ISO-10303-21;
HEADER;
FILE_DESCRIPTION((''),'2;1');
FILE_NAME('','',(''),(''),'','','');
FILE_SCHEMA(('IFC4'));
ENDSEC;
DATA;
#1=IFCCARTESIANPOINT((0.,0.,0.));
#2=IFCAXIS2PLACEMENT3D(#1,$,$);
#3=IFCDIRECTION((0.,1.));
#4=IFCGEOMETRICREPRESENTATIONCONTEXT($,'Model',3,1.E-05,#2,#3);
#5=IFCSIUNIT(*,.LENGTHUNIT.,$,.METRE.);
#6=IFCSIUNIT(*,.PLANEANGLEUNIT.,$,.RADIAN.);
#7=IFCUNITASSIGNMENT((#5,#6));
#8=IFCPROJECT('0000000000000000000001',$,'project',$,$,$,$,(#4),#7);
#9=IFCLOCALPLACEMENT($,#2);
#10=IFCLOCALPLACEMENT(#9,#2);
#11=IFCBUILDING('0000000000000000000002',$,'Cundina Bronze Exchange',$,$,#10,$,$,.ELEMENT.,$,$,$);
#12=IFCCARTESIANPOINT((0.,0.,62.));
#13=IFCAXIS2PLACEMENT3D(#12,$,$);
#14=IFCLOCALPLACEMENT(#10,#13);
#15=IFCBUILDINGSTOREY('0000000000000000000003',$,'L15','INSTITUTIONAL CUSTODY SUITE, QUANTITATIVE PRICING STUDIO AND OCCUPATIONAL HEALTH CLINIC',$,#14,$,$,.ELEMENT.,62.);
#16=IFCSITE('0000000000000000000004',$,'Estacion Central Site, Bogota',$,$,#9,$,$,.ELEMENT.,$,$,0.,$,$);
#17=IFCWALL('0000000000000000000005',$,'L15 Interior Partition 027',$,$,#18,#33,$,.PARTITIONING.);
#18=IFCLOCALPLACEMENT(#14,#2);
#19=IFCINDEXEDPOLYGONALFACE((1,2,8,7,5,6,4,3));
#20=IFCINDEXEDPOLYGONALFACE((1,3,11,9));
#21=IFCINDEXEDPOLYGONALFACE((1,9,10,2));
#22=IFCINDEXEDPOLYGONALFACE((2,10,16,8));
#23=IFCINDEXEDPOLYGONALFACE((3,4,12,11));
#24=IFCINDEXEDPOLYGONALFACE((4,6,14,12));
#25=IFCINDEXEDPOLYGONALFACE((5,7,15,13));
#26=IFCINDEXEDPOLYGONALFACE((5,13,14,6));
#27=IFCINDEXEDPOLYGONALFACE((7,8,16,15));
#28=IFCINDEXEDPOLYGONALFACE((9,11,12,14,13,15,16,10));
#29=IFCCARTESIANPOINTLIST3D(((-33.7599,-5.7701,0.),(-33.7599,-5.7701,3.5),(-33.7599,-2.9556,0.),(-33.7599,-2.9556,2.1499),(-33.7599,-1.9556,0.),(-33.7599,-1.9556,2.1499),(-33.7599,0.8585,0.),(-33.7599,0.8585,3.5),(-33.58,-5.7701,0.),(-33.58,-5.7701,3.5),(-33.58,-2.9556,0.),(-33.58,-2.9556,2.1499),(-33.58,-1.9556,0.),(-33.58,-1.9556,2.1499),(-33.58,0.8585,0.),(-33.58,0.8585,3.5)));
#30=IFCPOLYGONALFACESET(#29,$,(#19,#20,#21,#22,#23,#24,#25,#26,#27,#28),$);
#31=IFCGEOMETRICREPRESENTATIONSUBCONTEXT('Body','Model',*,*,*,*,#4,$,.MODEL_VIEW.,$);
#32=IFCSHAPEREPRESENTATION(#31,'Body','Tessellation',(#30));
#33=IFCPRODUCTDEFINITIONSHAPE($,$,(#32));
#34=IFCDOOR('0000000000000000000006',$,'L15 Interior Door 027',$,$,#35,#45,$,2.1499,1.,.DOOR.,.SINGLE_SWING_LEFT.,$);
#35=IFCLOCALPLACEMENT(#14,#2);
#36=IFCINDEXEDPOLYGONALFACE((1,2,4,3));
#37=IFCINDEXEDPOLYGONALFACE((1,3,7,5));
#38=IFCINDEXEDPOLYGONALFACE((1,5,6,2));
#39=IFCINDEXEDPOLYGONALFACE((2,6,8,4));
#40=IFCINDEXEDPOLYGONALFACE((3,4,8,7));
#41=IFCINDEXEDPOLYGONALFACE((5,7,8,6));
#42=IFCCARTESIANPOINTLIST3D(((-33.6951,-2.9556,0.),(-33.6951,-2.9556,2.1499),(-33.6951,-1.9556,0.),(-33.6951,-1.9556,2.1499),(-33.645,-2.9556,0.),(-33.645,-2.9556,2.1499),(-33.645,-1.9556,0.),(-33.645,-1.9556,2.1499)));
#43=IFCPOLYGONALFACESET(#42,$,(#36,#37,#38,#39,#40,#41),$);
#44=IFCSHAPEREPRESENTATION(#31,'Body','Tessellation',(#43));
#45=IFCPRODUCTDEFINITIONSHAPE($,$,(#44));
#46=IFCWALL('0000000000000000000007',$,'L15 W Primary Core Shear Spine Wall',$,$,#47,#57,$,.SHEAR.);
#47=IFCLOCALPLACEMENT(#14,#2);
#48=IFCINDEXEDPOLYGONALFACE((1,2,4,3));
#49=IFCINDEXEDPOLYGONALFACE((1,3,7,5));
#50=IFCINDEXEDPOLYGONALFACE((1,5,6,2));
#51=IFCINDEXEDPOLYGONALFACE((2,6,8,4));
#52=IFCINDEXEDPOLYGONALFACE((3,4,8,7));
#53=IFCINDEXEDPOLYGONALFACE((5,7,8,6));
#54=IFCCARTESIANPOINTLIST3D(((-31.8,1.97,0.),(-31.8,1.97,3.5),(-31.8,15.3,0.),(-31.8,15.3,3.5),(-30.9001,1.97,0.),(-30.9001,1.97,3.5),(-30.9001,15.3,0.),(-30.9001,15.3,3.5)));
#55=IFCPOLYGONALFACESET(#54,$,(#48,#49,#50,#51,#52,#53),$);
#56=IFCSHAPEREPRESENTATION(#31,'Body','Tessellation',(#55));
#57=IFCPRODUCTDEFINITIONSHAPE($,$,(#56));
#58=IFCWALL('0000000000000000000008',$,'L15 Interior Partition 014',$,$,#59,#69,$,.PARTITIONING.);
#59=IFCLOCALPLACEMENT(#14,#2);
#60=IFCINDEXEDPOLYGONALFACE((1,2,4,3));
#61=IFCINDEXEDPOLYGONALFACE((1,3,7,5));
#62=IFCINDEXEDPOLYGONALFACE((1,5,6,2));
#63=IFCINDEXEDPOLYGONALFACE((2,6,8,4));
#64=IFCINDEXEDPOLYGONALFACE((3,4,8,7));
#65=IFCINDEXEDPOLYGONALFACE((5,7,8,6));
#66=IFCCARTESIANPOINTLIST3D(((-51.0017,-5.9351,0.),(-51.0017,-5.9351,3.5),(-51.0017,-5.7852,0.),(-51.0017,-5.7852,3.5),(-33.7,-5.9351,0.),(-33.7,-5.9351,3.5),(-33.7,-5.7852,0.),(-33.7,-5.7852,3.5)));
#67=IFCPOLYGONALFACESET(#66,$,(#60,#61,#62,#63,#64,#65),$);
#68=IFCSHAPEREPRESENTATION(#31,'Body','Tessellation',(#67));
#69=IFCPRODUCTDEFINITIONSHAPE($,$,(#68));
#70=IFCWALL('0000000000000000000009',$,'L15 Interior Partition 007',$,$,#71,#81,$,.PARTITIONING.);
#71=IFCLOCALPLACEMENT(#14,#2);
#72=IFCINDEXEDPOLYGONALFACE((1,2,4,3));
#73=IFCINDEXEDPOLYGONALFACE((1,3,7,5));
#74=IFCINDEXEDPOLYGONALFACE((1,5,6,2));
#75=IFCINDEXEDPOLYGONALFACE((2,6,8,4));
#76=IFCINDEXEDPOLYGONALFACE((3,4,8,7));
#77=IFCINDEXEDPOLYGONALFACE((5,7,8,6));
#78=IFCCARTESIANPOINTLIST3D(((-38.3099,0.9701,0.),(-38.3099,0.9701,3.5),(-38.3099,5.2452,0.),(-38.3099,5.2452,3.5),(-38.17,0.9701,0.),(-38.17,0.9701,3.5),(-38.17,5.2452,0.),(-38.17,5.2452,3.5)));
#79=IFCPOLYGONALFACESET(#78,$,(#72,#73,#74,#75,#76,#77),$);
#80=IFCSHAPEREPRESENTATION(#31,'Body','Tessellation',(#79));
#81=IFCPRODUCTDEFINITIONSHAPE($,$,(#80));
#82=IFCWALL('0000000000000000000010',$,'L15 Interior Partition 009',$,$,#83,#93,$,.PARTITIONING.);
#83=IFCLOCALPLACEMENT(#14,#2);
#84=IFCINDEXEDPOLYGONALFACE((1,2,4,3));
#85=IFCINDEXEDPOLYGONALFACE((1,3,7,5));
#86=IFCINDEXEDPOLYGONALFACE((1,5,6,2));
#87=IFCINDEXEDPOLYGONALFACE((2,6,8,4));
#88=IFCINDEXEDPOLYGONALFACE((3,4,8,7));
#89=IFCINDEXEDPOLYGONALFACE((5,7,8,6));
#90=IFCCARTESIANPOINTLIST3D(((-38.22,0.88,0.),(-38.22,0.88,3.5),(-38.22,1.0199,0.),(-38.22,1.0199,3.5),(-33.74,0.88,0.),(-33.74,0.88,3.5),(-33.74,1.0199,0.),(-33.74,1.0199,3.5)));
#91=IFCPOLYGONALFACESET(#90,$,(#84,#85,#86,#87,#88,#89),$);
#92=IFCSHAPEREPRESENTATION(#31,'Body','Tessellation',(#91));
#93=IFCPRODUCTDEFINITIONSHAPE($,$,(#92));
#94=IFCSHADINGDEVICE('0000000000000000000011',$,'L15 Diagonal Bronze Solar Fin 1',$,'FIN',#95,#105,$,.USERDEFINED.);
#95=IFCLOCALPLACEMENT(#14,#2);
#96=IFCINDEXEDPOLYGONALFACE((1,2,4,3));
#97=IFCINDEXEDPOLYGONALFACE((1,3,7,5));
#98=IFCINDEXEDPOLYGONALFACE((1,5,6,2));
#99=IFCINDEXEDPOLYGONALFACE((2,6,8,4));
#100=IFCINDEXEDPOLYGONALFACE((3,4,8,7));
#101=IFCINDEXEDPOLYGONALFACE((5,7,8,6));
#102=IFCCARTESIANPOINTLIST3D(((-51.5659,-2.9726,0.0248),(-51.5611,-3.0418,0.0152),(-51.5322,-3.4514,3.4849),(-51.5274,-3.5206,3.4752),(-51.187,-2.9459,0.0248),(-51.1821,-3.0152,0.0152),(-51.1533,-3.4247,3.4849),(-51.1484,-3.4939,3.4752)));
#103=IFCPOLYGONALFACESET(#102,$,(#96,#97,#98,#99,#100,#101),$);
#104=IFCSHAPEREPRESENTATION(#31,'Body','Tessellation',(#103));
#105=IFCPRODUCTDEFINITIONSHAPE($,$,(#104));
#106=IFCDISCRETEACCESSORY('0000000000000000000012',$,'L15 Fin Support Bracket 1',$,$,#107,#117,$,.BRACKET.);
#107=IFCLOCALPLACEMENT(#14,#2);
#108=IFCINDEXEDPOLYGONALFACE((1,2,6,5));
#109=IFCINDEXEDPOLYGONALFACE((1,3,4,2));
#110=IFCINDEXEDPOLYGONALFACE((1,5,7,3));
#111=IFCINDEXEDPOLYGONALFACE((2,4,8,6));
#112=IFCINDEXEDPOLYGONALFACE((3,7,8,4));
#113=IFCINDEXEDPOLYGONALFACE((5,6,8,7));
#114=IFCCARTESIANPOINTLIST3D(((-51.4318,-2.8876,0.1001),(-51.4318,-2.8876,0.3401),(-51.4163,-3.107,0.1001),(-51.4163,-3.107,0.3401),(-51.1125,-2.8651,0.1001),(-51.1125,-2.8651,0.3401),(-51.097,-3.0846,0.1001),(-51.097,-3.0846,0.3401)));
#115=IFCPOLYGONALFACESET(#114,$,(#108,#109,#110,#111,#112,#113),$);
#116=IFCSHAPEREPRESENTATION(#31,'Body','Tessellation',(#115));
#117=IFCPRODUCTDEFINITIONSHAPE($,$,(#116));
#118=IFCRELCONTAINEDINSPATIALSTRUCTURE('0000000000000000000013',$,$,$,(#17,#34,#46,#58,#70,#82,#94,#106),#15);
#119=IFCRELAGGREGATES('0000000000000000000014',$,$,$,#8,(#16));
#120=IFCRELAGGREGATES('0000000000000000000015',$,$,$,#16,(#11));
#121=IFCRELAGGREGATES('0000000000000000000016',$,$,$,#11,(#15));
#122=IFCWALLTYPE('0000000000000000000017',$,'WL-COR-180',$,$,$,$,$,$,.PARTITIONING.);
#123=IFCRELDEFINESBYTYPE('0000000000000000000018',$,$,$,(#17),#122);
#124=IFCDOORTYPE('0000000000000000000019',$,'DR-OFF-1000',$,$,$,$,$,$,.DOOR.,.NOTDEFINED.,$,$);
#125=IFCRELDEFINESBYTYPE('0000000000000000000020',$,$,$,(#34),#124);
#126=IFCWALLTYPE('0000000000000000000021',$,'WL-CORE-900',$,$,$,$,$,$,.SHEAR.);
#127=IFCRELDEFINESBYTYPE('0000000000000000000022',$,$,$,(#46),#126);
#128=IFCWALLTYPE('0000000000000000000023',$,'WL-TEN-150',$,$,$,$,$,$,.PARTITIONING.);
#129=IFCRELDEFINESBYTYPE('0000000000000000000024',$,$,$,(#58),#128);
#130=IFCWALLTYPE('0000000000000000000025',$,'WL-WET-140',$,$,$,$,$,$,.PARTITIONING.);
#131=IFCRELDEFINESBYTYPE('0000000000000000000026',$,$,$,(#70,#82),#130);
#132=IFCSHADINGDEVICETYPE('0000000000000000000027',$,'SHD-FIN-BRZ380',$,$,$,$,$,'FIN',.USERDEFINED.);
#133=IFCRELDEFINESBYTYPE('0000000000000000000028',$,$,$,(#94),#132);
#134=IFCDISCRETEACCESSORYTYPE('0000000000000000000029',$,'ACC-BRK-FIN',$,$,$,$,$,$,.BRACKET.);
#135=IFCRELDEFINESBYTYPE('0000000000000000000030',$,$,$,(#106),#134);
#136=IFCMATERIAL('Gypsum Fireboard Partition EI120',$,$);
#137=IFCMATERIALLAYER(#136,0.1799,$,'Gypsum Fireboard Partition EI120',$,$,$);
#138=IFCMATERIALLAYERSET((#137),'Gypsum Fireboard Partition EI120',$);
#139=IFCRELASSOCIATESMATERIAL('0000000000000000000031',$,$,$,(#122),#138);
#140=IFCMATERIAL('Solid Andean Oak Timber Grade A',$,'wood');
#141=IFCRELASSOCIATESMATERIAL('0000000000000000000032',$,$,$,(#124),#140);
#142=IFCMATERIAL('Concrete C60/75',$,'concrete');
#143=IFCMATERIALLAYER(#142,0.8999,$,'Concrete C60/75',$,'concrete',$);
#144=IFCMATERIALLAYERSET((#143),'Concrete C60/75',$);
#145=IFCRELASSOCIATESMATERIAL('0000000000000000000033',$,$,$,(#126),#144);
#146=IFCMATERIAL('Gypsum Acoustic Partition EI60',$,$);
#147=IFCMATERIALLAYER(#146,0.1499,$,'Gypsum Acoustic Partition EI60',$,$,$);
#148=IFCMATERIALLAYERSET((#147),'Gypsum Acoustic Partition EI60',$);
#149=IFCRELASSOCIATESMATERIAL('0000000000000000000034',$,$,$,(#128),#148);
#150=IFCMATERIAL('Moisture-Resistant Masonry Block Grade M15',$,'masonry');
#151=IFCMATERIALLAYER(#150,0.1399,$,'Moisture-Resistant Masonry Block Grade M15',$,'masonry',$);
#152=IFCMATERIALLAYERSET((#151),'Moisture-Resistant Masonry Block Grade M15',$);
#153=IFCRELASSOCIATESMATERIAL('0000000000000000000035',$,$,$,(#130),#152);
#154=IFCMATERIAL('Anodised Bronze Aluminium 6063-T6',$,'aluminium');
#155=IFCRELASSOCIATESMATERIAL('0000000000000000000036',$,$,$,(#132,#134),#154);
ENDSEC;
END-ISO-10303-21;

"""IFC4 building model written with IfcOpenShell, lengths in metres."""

from ifc_helpers import new_model, si_unit, direction, frame, frame_2d, origin, origin_2d, place, context, subcontext, project, spatial, rectangle, extrude, material, layer, layer_set, material_profile, profile_set, type_object, element, fill, save


model = new_model("IFC4")

# Units and contexts
model_context = context("Model", 3, precision=1e-05, world=origin(), true_north=direction((0.0, 1.0)))
body_context = subcontext(model_context, "Body", "Model", "MODEL_VIEW")
ifc_project = project(units=[si_unit("LENGTHUNIT", "METRE"), si_unit("PLANEANGLEUNIT", "RADIAN")], contexts=[model_context])

# Site, building, storey
site_placement = place(None, origin())
site = spatial("IfcSite", under=ifc_project, at=site_placement, Name="Estacion Central Site, Bogota", CompositionType="ELEMENT", RefElevation=0.0)
building_placement = place(site_placement, origin())
building = spatial("IfcBuilding", under=site, at=building_placement, Name="Cundina Bronze Exchange", CompositionType="ELEMENT")
storey_placement = place(building_placement, frame((0.0, 0.0, 62.0)))
storey = spatial("IfcBuildingStorey", under=building, at=storey_placement, Name="L15", Description="INSTITUTIONAL CUSTODY SUITE, QUANTITATIVE PRICING STUDIO AND OCCUPATIONAL HEALTH CLINIC", CompositionType="ELEMENT", Elevation=62.0)

# Shared definitions
ifc_material_1 = material(Name="Concrete C60/75", Category="concrete")

# Shared definitions
ifc_material_2 = material(Name="Anodised Bronze Aluminium 6063-T6", Category="aluminium")

# Shared definitions
ifc_material_3 = material(Name="Gypsum Fireboard Partition EI120")
ifc_layer_1 = layer(ifc_material_3, 0.1799, Name="Gypsum Fireboard Partition EI120")
ifc_layer_set_1 = layer_set([ifc_layer_1], Name="Gypsum Fireboard Partition EI120")
wall_type_1 = type_object("IfcWallType", Name="WL-COR-180", PredefinedType="PARTITIONING", material=ifc_layer_set_1)
ifc_material_4 = material(Name="Solid Andean Oak Timber Grade A", Category="wood")

# Wall, opening, door
wall_1_placement = place(storey_placement, frame((-33.6699, 0.8586, 0.0), z_axis=(0.0, 0.0, 1.0), x_axis=(0.0, -1.0, 0.0)))
wall_1 = element("IfcWall", 1, at=wall_1_placement, inside=storey, type_object=wall_type_1, Name="L15 Interior Partition 027", PredefinedType="PARTITIONING", context=body_context, shape_type="SweptSolid", body=[
    extrude(rectangle(XDim=6.6287, YDim=0.1799, at=frame_2d((3.3145, 0.0))), origin(), (0.0, 0.0, 1.0), 3.5),
])
opening_1_placement = place(wall_1_placement, frame((2.8142, 0.0, 0.0)))
opening_1 = element("IfcOpeningElement", 2, at=opening_1_placement, cuts=wall_1, PredefinedType="OPENING", context=body_context, shape_type="SweptSolid", body=[
    extrude(rectangle(XDim=1.0, YDim=2.1499, at=frame_2d((0.5, 1.075))), frame((0.0, 0.0999, 0.0), z_axis=(0.0, -1.0, 0.0), x_axis=(1.0, 0.0, 0.0)), (0.0, 0.0, 1.0), 0.2),
])
door_type_1 = type_object("IfcDoorType", Name="DR-OFF-1000", OperationType="NOTDEFINED", PredefinedType="DOOR", material=ifc_material_4)
door_1_placement = place(opening_1_placement, origin())
door_1 = element("IfcDoor", 3, at=door_1_placement, inside=storey, type_object=door_type_1, Name="L15 Interior Door 027", OperationType="SINGLE_SWING_LEFT", OverallHeight=2.1499, OverallWidth=1.0, PredefinedType="DOOR", context=body_context, shape_type="SweptSolid", body=[
    extrude(rectangle(XDim=1.0, YDim=2.1499, at=frame_2d((0.5, 1.075))), frame((0.0, 0.0249, 0.0), z_axis=(0.0, -1.0, 0.0), x_axis=(1.0, 0.0, 0.0)), (0.0, 0.0, 1.0), 0.05),
])
fill(opening_1, door_1)

# Walls
ifc_layer_2 = layer(ifc_material_1, 0.8999, Name="Concrete C60/75", Category="concrete")
ifc_layer_set_2 = layer_set([ifc_layer_2], Name="Concrete C60/75")
wall_type_2 = type_object("IfcWallType", Name="WL-CORE-900", PredefinedType="SHEAR", material=ifc_layer_set_2)
wall_2_placement = place(storey_placement, frame((-31.3501, 1.97, 0.0), z_axis=(0.0, 0.0, 1.0), x_axis=(0.0, 1.0, 0.0)))
element("IfcWall", 4, at=wall_2_placement, inside=storey, type_object=wall_type_2, Name="L15 W Primary Core Shear Spine Wall", PredefinedType="SHEAR", context=body_context, shape_type="SweptSolid", body=[
    extrude(rectangle(XDim=13.3301, YDim=0.8999, at=frame_2d((6.665, 0.0))), origin(), (0.0, 0.0, 1.0), 3.5),
])
ifc_material_5 = material(Name="Gypsum Acoustic Partition EI60")
ifc_layer_3 = layer(ifc_material_5, 0.1499, Name="Gypsum Acoustic Partition EI60")
ifc_layer_set_3 = layer_set([ifc_layer_3], Name="Gypsum Acoustic Partition EI60")
wall_type_3 = type_object("IfcWallType", Name="WL-TEN-150", PredefinedType="PARTITIONING", material=ifc_layer_set_3)
wall_3_placement = place(storey_placement, frame((-51.0017, -5.8601, 0.0), z_axis=(0.0, 0.0, 1.0), x_axis=(1.0, 0.0, 0.0)))
element("IfcWall", 5, at=wall_3_placement, inside=storey, type_object=wall_type_3, Name="L15 Interior Partition 014", PredefinedType="PARTITIONING", context=body_context, shape_type="SweptSolid", body=[
    extrude(rectangle(XDim=17.3018, YDim=0.1499, at=frame_2d((8.6509, 0.0))), origin(), (0.0, 0.0, 1.0), 3.5),
])
ifc_material_6 = material(Name="Moisture-Resistant Masonry Block Grade M15", Category="masonry")
ifc_layer_4 = layer(ifc_material_6, 0.1399, Name="Moisture-Resistant Masonry Block Grade M15", Category="masonry")
ifc_layer_set_4 = layer_set([ifc_layer_4], Name="Moisture-Resistant Masonry Block Grade M15")
wall_type_4 = type_object("IfcWallType", Name="WL-WET-140", PredefinedType="PARTITIONING", material=ifc_layer_set_4)
wall_4_placement = place(storey_placement, frame((-38.24, 0.97, 0.0), z_axis=(0.0, 0.0, 1.0), x_axis=(0.0, 1.0, 0.0)))
element("IfcWall", 6, at=wall_4_placement, inside=storey, type_object=wall_type_4, Name="L15 Interior Partition 007", PredefinedType="PARTITIONING", context=body_context, shape_type="SweptSolid", body=[
    extrude(rectangle(XDim=4.2751, YDim=0.1399, at=frame_2d((2.1377, 0.0))), origin(), (0.0, 0.0, 1.0), 3.5),
])
wall_5_placement = place(storey_placement, frame((-38.22, 0.95, 0.0), z_axis=(0.0, 0.0, 1.0), x_axis=(1.0, 0.0, 0.0)))
element("IfcWall", 7, at=wall_5_placement, inside=storey, type_object=wall_type_4, Name="L15 Interior Partition 009", PredefinedType="PARTITIONING", context=body_context, shape_type="SweptSolid", body=[
    extrude(rectangle(XDim=4.48, YDim=0.1399, at=frame_2d((2.24, 0.0))), origin(), (0.0, 0.0, 1.0), 3.5),
])

# Shading device
ifc_material_profile_1 = material_profile(ifc_material_2, rectangle(XDim=0.0701, YDim=0.3799, at=origin_2d()), Name="FIN70X380", Category="aluminium")
ifc_profile_set_1 = profile_set([ifc_material_profile_1], Name="Anodised Bronze Aluminium 6063-T6")
shading_device_type = type_object("IfcShadingDeviceType", Name="SHD-FIN-BRZ380", ElementType="FIN", PredefinedType="USERDEFINED", material=ifc_profile_set_1)
shading_device_placement = place(storey_placement, frame((-51.374, -2.9939, 0.02), z_axis=(0.009645, -0.137059, 0.990516), x_axis=(-0.069533, 0.988072, 0.137398)))
element("IfcShadingDevice", 8, at=shading_device_placement, inside=storey, type_object=shading_device_type, Name="L15 Diagonal Bronze Solar Fin 1", ObjectType="FIN", PredefinedType="USERDEFINED", context=body_context, shape_type="SweptSolid", body=[
    extrude(rectangle(XDim=0.0701, YDim=0.3799, at=origin_2d()), origin(), (0.0, 0.0, 1.0), 3.4932),
])

# Discrete accessory
discrete_accessory_type = type_object("IfcDiscreteAccessoryType", Name="ACC-BRK-FIN", PredefinedType="BRACKET", material=ifc_material_2)
discrete_accessory_placement = place(storey_placement, frame((-51.2644, -2.9861, 0.1001), z_axis=(0.0, 0.0, 1.0), x_axis=(0.070279, -0.997527, 0.0)))
element("IfcDiscreteAccessory", 9, at=discrete_accessory_placement, inside=storey, type_object=discrete_accessory_type, Name="L15 Fin Support Bracket 1", PredefinedType="BRACKET", context=body_context, shape_type="SweptSolid", body=[
    extrude(rectangle(XDim=0.22, YDim=0.3201, at=origin_2d()), origin(), (0.0, 0.0, 1.0), 0.24),
])

save(model, "model.ifc")
